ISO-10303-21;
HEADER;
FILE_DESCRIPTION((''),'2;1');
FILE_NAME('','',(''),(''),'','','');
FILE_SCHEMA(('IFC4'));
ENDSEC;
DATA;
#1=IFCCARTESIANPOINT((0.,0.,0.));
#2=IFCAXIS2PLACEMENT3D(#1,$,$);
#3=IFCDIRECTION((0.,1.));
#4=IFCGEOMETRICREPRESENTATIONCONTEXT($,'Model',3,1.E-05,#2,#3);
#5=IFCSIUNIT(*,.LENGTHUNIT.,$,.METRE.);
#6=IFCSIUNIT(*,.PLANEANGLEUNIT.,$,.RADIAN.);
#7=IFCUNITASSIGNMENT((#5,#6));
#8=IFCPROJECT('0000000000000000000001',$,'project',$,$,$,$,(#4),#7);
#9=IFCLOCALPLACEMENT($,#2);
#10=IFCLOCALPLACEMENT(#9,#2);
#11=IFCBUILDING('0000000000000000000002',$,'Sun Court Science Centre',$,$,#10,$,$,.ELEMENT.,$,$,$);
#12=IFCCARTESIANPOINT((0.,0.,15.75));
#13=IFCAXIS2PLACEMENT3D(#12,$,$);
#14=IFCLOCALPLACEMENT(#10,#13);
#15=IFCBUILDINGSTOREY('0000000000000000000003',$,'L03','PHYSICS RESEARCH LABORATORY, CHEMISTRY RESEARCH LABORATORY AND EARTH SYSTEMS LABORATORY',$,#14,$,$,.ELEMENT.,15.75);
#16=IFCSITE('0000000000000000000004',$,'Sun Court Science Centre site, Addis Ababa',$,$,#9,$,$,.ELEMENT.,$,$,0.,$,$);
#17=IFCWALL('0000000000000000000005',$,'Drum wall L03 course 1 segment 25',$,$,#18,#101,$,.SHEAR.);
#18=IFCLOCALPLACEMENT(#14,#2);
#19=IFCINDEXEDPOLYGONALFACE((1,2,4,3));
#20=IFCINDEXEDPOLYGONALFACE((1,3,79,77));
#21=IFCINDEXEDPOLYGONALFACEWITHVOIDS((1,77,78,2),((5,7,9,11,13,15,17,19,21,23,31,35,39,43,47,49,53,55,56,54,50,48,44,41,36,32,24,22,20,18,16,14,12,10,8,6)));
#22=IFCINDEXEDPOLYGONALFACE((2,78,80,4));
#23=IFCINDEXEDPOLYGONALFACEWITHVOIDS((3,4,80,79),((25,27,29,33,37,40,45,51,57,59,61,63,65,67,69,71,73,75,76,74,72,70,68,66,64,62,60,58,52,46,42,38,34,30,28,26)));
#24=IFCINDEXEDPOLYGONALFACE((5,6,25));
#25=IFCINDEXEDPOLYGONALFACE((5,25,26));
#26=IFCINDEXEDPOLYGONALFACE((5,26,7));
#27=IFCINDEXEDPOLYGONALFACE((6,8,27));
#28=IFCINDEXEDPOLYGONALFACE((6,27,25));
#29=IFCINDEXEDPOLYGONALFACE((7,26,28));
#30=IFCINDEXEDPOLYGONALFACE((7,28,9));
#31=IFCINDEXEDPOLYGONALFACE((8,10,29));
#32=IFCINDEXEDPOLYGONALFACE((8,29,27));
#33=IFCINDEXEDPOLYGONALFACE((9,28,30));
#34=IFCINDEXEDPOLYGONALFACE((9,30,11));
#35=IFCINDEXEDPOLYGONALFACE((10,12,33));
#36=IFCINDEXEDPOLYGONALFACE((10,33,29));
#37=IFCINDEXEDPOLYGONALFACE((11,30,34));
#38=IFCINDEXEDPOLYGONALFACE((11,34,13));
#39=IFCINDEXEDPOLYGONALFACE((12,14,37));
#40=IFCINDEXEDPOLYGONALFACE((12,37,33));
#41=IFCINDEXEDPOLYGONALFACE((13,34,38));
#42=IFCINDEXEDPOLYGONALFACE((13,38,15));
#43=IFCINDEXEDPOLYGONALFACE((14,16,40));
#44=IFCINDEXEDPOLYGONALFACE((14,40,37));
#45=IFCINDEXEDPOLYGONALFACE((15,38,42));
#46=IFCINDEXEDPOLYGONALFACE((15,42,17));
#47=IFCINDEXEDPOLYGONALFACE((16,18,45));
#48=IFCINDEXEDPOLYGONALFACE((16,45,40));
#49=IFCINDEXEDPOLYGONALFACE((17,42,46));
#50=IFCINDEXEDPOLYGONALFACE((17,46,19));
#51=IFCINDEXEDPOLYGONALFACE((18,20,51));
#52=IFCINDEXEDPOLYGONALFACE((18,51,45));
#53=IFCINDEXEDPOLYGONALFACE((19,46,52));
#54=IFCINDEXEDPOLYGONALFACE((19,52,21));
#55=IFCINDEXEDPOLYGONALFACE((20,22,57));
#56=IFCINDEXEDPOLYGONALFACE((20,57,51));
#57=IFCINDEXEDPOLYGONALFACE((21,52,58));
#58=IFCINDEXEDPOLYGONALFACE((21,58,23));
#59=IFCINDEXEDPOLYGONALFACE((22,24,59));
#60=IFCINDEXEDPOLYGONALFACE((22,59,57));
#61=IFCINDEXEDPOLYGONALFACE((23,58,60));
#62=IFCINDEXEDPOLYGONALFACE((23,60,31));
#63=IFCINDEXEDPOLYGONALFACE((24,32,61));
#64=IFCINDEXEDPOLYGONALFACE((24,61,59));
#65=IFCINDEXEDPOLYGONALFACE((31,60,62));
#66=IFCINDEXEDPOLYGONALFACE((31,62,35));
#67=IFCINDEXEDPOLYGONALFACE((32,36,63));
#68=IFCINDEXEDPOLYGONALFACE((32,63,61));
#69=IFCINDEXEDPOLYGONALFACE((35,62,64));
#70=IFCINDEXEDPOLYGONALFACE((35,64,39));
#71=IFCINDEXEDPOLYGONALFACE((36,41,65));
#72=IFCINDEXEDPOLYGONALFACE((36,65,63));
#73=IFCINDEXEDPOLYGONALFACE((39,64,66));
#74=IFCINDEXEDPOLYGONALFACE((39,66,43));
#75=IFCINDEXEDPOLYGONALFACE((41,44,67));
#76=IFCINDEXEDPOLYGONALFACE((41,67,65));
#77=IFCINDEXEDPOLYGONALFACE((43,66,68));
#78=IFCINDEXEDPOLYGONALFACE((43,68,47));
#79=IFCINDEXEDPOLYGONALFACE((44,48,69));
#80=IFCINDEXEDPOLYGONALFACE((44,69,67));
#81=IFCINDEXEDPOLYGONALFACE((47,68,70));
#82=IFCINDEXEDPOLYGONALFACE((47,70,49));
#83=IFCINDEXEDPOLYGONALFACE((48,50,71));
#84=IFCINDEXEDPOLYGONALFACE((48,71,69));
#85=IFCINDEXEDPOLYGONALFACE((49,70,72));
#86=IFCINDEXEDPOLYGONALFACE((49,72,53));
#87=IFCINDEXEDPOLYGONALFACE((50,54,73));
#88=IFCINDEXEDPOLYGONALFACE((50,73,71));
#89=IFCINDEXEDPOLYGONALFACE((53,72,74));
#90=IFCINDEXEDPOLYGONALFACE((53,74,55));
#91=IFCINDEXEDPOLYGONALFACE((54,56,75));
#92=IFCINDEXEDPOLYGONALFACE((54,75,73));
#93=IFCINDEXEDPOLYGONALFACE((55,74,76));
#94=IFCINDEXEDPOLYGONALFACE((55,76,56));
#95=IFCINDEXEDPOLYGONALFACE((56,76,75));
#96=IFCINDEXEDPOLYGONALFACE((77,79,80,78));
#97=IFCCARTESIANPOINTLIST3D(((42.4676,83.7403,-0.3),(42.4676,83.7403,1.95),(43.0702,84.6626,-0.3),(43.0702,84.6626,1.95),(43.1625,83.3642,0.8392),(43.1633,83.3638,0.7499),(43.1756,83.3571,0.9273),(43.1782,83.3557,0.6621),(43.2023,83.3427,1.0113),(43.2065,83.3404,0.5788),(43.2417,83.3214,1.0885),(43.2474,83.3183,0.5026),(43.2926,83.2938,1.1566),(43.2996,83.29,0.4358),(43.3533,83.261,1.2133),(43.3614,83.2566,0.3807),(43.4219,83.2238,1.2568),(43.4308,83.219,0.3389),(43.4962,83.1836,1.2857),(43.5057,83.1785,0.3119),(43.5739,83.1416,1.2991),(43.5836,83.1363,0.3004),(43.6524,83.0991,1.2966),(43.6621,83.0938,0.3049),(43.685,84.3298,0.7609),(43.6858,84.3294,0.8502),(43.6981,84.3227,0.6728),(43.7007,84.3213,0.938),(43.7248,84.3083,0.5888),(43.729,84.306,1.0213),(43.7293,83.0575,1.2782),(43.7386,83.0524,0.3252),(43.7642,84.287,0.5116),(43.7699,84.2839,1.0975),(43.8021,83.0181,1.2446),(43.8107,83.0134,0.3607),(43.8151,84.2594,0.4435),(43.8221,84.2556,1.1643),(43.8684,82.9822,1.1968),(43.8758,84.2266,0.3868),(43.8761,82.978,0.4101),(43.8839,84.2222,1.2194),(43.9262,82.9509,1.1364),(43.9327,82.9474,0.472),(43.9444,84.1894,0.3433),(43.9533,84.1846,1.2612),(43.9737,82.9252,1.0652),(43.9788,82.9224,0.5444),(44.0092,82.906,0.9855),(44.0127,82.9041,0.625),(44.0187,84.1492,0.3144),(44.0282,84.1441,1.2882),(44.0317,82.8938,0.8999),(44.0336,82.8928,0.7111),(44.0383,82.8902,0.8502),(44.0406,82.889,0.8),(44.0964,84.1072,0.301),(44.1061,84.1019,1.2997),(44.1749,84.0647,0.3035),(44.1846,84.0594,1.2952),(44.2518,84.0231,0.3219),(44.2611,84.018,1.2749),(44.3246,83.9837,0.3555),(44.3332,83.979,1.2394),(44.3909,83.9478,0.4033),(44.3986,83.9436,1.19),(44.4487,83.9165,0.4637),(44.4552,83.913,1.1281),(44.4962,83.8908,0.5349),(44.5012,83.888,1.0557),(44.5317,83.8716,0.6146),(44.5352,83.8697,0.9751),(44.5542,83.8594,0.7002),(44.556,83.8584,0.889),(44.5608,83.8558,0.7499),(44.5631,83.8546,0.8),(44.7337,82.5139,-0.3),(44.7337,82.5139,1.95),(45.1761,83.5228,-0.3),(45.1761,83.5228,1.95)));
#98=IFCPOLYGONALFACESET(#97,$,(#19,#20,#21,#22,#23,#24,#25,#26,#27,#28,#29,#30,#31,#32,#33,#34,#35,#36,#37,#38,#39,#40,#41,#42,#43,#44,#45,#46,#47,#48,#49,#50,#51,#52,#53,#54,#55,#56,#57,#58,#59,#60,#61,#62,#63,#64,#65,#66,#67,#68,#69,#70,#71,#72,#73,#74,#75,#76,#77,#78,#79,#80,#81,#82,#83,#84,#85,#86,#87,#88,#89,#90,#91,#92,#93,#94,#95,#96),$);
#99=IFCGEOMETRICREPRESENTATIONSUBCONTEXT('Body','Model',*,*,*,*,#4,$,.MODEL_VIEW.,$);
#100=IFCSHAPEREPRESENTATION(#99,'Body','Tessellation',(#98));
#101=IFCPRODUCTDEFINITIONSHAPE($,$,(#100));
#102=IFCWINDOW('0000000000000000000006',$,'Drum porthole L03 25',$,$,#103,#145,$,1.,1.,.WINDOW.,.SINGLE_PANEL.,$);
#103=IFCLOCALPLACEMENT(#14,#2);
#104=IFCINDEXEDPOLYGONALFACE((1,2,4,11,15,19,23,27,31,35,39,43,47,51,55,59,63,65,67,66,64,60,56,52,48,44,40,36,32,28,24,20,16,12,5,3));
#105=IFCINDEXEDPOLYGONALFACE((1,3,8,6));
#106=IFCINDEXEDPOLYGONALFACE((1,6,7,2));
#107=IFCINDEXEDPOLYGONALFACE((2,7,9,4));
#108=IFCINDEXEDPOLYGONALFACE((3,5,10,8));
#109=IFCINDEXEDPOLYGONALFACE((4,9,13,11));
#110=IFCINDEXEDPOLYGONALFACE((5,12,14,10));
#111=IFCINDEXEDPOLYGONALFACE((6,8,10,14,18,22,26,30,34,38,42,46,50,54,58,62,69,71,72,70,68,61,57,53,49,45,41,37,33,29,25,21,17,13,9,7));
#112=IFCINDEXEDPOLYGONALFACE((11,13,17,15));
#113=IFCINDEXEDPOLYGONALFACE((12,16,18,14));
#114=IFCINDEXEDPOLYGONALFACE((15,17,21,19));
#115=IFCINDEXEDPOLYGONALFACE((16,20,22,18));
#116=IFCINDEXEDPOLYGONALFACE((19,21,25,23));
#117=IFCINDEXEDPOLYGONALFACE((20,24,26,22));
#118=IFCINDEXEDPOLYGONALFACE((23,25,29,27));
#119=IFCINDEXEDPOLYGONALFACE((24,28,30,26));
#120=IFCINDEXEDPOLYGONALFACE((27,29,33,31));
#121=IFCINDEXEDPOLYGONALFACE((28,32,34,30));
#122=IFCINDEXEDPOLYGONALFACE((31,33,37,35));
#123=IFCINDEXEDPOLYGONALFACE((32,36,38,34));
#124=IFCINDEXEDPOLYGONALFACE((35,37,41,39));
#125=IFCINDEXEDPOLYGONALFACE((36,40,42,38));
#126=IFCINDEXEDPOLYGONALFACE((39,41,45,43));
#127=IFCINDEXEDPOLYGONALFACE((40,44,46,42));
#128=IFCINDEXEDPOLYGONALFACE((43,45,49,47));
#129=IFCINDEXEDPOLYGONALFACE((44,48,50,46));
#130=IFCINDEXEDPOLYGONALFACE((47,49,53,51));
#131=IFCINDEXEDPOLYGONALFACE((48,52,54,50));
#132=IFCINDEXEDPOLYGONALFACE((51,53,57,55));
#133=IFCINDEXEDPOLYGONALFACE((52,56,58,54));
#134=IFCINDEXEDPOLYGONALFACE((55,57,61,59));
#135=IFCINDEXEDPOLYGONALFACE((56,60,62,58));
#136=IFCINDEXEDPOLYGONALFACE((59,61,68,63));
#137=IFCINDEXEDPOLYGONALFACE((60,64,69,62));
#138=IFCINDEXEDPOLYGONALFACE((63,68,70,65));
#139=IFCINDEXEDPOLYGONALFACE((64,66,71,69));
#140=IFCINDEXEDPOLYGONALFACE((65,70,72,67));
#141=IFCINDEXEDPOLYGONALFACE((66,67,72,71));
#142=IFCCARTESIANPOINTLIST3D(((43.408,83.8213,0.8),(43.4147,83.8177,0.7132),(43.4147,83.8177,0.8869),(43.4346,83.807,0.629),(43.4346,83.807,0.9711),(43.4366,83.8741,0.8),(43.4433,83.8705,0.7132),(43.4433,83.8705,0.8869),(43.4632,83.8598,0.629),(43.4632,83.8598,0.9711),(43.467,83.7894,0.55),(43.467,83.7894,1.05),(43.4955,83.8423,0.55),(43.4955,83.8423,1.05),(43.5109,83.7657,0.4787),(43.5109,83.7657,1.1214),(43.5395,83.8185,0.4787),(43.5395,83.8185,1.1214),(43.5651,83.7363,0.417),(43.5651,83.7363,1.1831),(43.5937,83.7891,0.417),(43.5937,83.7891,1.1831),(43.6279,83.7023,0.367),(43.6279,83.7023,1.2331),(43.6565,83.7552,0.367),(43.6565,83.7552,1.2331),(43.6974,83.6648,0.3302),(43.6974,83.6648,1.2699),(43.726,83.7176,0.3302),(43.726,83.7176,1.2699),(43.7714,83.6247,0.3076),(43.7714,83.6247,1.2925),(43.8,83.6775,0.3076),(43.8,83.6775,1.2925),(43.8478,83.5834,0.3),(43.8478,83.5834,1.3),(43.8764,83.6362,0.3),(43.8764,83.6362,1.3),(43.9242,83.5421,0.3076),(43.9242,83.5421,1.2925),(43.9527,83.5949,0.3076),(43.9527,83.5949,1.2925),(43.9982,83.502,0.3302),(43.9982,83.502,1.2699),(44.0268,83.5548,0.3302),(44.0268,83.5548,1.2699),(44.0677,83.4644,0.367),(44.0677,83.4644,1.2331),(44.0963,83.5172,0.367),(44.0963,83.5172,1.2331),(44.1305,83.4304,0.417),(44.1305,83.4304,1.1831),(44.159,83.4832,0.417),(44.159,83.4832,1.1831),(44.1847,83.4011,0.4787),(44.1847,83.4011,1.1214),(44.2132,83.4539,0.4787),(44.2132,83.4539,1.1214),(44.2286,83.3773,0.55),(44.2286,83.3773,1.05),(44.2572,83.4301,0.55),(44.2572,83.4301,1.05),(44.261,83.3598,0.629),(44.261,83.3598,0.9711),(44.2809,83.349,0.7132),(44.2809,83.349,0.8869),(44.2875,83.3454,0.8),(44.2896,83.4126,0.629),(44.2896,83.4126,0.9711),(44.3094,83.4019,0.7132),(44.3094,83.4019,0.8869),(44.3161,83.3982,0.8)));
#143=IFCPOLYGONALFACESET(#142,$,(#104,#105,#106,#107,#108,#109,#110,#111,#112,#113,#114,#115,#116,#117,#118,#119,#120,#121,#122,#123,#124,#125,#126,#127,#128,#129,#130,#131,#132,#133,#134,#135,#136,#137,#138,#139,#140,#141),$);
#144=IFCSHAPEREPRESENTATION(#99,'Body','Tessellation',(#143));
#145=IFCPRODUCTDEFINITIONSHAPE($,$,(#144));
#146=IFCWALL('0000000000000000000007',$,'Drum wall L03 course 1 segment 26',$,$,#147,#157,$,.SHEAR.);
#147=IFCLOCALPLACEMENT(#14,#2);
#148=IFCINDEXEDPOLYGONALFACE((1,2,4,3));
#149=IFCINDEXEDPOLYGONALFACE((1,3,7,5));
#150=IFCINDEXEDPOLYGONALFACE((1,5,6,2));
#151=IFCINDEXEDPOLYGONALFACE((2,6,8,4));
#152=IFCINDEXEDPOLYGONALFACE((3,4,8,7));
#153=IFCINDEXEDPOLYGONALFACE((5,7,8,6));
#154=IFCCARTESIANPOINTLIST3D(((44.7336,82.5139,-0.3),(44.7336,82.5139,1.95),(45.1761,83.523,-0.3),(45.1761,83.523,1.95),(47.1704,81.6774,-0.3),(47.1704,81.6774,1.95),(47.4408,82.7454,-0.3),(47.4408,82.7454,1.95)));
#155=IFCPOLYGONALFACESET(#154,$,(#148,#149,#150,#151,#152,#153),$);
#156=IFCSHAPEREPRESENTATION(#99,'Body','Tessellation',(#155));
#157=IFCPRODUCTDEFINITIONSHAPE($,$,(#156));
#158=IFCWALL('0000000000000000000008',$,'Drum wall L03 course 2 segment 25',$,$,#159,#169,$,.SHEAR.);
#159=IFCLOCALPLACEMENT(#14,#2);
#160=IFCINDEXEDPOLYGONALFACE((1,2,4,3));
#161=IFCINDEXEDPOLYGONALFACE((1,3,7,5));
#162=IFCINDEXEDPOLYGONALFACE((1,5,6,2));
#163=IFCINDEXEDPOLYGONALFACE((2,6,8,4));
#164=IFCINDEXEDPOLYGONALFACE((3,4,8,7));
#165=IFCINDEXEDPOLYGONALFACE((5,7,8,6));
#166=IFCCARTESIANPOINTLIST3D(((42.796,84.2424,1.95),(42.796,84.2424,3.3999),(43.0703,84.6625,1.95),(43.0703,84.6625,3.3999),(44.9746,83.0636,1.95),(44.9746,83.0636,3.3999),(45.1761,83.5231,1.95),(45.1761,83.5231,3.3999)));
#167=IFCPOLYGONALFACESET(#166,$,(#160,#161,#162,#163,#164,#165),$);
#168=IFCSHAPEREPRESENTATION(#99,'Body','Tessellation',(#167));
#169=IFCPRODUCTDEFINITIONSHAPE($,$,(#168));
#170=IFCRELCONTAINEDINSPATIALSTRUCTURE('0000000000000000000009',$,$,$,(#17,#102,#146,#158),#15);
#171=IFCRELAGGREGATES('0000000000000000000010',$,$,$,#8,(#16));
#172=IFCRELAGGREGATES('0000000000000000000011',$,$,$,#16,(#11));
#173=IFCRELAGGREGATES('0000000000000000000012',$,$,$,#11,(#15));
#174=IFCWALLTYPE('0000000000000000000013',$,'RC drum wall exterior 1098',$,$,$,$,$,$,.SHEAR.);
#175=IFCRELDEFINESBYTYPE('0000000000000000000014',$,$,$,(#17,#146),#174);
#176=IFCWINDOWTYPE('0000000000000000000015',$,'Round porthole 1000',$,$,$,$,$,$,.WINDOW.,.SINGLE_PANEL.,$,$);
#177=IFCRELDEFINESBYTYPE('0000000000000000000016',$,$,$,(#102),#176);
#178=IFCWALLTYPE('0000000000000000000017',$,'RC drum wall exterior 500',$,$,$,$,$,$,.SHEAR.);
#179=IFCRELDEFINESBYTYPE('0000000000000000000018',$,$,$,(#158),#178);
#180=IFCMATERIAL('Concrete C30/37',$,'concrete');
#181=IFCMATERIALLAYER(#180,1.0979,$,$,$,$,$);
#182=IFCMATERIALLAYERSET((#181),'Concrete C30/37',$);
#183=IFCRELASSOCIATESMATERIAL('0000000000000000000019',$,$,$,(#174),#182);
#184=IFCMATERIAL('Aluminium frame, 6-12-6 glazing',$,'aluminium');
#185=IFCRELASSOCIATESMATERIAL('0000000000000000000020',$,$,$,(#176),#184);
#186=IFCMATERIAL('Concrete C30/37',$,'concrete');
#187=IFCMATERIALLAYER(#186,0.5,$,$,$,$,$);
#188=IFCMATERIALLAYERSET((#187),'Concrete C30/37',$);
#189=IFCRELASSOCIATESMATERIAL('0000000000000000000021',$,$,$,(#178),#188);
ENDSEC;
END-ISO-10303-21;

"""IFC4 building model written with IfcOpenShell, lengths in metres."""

from ifc_helpers import new_model, si_unit, direction, frame, frame_2d, origin, place, context, subcontext, project, spatial, polyline, circle, outline, extrude, material, layer, layer_set, type_object, element, fill, save


model = new_model("IFC4")

# Units and contexts
model_context = context("Model", 3, precision=1e-05, world=origin(), true_north=direction((0.0, 1.0)))
body_context = subcontext(model_context, "Body", "Model", "MODEL_VIEW")
ifc_project = project(units=[si_unit("LENGTHUNIT", "METRE"), si_unit("PLANEANGLEUNIT", "RADIAN")], contexts=[model_context])

# Site, building, storey
site_placement = place(None, origin())
site = spatial("IfcSite", under=ifc_project, at=site_placement, Name="Sun Court Science Centre site, Addis Ababa", CompositionType="ELEMENT", RefElevation=0.0)
building_placement = place(site_placement, origin())
building = spatial("IfcBuilding", under=site, at=building_placement, Name="Sun Court Science Centre", CompositionType="ELEMENT")
storey_placement = place(building_placement, frame((0.0, 0.0, 15.75)))
storey = spatial("IfcBuildingStorey", under=building, at=storey_placement, Name="L03", Description="PHYSICS RESEARCH LABORATORY, CHEMISTRY RESEARCH LABORATORY AND EARTH SYSTEMS LABORATORY", CompositionType="ELEMENT", Elevation=15.75)

# Wall, opening, window
ifc_material_1 = material(Name="Concrete C30/37", Category="concrete")
ifc_layer_1 = layer(ifc_material_1, 1.0979)
ifc_layer_set_1 = layer_set([ifc_layer_1], Name="Concrete C30/37")
wall_type_1 = type_object("IfcWallType", Name="RC drum wall exterior 1098", PredefinedType="SHEAR", material=ifc_layer_set_1)
wall_1_placement = place(storey_placement, frame((42.729, 84.2229, -0.3), z_axis=(0.0, 0.0, 1.0), x_axis=(0.879499, -0.475902, 0.0)))
wall_1 = element("IfcWall", 1, at=wall_1_placement, inside=storey, type_object=wall_type_1, Name="Drum wall L03 course 1 segment 25", PredefinedType="SHEAR", context=body_context, shape_type="SweptSolid", body=[
    extrude(outline(polyline([(-0.0002, -0.5488), (2.5764, -0.5491), (2.4854, 0.5488), (0.0908, 0.5491), (-0.0002, -0.5488)])), origin(), (0.0, 0.0, 1.0), 2.25),
])
opening_1_placement = place(wall_1_placement, frame((0.7883, 0.0, 0.6001)))
opening_1 = element("IfcOpeningElement", 2, at=opening_1_placement, cuts=wall_1, PredefinedType="OPENING", context=body_context, shape_type="SweptSolid", body=[
    extrude(circle(Radius=0.5, at=frame_2d((0.5, 0.5))), frame((0.0, 0.5588, 0.0), z_axis=(0.0, -1.0, 0.0), x_axis=(1.0, 0.0, 0.0)), (0.0, 0.0, 1.0), 1.1179),
])
ifc_material_2 = material(Name="Aluminium frame, 6-12-6 glazing", Category="aluminium")
window_type = type_object("IfcWindowType", Name="Round porthole 1000", PartitioningType="SINGLE_PANEL", PredefinedType="WINDOW", material=ifc_material_2)
window_1_placement = place(opening_1_placement, origin())
window_1 = element("IfcWindow", 3, at=window_1_placement, inside=storey, type_object=window_type, Name="Drum porthole L03 25", OverallHeight=1.0, OverallWidth=1.0, PartitioningType="SINGLE_PANEL", PredefinedType="WINDOW", context=body_context, shape_type="SweptSolid", body=[
    extrude(circle(Radius=0.5, at=frame_2d((0.5, 0.5))), frame((0.0, 0.03, 0.0), z_axis=(0.0, -1.0, 0.0), x_axis=(1.0, 0.0, 0.0)), (0.0, 0.0, 1.0), 0.0601),
])
fill(opening_1, window_1)

# Walls
wall_2_placement = place(storey_placement, frame((44.9119, 83.0332, -0.3), z_axis=(0.0, 0.0, 1.0), x_axis=(0.945802, -0.324743, 0.0)))
element("IfcWall", 4, at=wall_2_placement, inside=storey, type_object=wall_type_1, Name="Drum wall L03 course 1 segment 26", PredefinedType="SHEAR", context=body_context, shape_type="SweptSolid", body=[
    extrude(outline(polyline([(0.0, -0.5491), (2.5764, -0.5488), (2.4854, 0.5491), (0.0908, 0.5491), (0.0, -0.5491)])), origin(), (0.0, 0.0, 1.0), 2.25),
])
ifc_material_3 = material(Name="Concrete C30/37", Category="concrete")
ifc_layer_2 = layer(ifc_material_3, 0.5)
ifc_layer_set_2 = layer_set([ifc_layer_2], Name="Concrete C30/37")
wall_type_2 = type_object("IfcWallType", Name="RC drum wall exterior 500", PredefinedType="SHEAR", material=ifc_layer_set_2)
wall_3_placement = place(storey_placement, frame((42.9148, 84.4624, 1.95), z_axis=(0.0, 0.0, 1.0), x_axis=(0.87945, -0.475991, 0.0)))
element("IfcWall", 5, at=wall_3_placement, inside=storey, type_object=wall_type_2, Name="Drum wall L03 course 2 segment 25", PredefinedType="SHEAR", context=body_context, shape_type="SweptSolid", body=[
    extrude(outline(polyline([(0.0002, -0.25), (2.4773, -0.2498), (2.4358, 0.2502), (0.0415, 0.25), (0.0002, -0.25)])), origin(), (0.0, 0.0, 1.0), 1.45),
])

save(model, "model.ifc")
